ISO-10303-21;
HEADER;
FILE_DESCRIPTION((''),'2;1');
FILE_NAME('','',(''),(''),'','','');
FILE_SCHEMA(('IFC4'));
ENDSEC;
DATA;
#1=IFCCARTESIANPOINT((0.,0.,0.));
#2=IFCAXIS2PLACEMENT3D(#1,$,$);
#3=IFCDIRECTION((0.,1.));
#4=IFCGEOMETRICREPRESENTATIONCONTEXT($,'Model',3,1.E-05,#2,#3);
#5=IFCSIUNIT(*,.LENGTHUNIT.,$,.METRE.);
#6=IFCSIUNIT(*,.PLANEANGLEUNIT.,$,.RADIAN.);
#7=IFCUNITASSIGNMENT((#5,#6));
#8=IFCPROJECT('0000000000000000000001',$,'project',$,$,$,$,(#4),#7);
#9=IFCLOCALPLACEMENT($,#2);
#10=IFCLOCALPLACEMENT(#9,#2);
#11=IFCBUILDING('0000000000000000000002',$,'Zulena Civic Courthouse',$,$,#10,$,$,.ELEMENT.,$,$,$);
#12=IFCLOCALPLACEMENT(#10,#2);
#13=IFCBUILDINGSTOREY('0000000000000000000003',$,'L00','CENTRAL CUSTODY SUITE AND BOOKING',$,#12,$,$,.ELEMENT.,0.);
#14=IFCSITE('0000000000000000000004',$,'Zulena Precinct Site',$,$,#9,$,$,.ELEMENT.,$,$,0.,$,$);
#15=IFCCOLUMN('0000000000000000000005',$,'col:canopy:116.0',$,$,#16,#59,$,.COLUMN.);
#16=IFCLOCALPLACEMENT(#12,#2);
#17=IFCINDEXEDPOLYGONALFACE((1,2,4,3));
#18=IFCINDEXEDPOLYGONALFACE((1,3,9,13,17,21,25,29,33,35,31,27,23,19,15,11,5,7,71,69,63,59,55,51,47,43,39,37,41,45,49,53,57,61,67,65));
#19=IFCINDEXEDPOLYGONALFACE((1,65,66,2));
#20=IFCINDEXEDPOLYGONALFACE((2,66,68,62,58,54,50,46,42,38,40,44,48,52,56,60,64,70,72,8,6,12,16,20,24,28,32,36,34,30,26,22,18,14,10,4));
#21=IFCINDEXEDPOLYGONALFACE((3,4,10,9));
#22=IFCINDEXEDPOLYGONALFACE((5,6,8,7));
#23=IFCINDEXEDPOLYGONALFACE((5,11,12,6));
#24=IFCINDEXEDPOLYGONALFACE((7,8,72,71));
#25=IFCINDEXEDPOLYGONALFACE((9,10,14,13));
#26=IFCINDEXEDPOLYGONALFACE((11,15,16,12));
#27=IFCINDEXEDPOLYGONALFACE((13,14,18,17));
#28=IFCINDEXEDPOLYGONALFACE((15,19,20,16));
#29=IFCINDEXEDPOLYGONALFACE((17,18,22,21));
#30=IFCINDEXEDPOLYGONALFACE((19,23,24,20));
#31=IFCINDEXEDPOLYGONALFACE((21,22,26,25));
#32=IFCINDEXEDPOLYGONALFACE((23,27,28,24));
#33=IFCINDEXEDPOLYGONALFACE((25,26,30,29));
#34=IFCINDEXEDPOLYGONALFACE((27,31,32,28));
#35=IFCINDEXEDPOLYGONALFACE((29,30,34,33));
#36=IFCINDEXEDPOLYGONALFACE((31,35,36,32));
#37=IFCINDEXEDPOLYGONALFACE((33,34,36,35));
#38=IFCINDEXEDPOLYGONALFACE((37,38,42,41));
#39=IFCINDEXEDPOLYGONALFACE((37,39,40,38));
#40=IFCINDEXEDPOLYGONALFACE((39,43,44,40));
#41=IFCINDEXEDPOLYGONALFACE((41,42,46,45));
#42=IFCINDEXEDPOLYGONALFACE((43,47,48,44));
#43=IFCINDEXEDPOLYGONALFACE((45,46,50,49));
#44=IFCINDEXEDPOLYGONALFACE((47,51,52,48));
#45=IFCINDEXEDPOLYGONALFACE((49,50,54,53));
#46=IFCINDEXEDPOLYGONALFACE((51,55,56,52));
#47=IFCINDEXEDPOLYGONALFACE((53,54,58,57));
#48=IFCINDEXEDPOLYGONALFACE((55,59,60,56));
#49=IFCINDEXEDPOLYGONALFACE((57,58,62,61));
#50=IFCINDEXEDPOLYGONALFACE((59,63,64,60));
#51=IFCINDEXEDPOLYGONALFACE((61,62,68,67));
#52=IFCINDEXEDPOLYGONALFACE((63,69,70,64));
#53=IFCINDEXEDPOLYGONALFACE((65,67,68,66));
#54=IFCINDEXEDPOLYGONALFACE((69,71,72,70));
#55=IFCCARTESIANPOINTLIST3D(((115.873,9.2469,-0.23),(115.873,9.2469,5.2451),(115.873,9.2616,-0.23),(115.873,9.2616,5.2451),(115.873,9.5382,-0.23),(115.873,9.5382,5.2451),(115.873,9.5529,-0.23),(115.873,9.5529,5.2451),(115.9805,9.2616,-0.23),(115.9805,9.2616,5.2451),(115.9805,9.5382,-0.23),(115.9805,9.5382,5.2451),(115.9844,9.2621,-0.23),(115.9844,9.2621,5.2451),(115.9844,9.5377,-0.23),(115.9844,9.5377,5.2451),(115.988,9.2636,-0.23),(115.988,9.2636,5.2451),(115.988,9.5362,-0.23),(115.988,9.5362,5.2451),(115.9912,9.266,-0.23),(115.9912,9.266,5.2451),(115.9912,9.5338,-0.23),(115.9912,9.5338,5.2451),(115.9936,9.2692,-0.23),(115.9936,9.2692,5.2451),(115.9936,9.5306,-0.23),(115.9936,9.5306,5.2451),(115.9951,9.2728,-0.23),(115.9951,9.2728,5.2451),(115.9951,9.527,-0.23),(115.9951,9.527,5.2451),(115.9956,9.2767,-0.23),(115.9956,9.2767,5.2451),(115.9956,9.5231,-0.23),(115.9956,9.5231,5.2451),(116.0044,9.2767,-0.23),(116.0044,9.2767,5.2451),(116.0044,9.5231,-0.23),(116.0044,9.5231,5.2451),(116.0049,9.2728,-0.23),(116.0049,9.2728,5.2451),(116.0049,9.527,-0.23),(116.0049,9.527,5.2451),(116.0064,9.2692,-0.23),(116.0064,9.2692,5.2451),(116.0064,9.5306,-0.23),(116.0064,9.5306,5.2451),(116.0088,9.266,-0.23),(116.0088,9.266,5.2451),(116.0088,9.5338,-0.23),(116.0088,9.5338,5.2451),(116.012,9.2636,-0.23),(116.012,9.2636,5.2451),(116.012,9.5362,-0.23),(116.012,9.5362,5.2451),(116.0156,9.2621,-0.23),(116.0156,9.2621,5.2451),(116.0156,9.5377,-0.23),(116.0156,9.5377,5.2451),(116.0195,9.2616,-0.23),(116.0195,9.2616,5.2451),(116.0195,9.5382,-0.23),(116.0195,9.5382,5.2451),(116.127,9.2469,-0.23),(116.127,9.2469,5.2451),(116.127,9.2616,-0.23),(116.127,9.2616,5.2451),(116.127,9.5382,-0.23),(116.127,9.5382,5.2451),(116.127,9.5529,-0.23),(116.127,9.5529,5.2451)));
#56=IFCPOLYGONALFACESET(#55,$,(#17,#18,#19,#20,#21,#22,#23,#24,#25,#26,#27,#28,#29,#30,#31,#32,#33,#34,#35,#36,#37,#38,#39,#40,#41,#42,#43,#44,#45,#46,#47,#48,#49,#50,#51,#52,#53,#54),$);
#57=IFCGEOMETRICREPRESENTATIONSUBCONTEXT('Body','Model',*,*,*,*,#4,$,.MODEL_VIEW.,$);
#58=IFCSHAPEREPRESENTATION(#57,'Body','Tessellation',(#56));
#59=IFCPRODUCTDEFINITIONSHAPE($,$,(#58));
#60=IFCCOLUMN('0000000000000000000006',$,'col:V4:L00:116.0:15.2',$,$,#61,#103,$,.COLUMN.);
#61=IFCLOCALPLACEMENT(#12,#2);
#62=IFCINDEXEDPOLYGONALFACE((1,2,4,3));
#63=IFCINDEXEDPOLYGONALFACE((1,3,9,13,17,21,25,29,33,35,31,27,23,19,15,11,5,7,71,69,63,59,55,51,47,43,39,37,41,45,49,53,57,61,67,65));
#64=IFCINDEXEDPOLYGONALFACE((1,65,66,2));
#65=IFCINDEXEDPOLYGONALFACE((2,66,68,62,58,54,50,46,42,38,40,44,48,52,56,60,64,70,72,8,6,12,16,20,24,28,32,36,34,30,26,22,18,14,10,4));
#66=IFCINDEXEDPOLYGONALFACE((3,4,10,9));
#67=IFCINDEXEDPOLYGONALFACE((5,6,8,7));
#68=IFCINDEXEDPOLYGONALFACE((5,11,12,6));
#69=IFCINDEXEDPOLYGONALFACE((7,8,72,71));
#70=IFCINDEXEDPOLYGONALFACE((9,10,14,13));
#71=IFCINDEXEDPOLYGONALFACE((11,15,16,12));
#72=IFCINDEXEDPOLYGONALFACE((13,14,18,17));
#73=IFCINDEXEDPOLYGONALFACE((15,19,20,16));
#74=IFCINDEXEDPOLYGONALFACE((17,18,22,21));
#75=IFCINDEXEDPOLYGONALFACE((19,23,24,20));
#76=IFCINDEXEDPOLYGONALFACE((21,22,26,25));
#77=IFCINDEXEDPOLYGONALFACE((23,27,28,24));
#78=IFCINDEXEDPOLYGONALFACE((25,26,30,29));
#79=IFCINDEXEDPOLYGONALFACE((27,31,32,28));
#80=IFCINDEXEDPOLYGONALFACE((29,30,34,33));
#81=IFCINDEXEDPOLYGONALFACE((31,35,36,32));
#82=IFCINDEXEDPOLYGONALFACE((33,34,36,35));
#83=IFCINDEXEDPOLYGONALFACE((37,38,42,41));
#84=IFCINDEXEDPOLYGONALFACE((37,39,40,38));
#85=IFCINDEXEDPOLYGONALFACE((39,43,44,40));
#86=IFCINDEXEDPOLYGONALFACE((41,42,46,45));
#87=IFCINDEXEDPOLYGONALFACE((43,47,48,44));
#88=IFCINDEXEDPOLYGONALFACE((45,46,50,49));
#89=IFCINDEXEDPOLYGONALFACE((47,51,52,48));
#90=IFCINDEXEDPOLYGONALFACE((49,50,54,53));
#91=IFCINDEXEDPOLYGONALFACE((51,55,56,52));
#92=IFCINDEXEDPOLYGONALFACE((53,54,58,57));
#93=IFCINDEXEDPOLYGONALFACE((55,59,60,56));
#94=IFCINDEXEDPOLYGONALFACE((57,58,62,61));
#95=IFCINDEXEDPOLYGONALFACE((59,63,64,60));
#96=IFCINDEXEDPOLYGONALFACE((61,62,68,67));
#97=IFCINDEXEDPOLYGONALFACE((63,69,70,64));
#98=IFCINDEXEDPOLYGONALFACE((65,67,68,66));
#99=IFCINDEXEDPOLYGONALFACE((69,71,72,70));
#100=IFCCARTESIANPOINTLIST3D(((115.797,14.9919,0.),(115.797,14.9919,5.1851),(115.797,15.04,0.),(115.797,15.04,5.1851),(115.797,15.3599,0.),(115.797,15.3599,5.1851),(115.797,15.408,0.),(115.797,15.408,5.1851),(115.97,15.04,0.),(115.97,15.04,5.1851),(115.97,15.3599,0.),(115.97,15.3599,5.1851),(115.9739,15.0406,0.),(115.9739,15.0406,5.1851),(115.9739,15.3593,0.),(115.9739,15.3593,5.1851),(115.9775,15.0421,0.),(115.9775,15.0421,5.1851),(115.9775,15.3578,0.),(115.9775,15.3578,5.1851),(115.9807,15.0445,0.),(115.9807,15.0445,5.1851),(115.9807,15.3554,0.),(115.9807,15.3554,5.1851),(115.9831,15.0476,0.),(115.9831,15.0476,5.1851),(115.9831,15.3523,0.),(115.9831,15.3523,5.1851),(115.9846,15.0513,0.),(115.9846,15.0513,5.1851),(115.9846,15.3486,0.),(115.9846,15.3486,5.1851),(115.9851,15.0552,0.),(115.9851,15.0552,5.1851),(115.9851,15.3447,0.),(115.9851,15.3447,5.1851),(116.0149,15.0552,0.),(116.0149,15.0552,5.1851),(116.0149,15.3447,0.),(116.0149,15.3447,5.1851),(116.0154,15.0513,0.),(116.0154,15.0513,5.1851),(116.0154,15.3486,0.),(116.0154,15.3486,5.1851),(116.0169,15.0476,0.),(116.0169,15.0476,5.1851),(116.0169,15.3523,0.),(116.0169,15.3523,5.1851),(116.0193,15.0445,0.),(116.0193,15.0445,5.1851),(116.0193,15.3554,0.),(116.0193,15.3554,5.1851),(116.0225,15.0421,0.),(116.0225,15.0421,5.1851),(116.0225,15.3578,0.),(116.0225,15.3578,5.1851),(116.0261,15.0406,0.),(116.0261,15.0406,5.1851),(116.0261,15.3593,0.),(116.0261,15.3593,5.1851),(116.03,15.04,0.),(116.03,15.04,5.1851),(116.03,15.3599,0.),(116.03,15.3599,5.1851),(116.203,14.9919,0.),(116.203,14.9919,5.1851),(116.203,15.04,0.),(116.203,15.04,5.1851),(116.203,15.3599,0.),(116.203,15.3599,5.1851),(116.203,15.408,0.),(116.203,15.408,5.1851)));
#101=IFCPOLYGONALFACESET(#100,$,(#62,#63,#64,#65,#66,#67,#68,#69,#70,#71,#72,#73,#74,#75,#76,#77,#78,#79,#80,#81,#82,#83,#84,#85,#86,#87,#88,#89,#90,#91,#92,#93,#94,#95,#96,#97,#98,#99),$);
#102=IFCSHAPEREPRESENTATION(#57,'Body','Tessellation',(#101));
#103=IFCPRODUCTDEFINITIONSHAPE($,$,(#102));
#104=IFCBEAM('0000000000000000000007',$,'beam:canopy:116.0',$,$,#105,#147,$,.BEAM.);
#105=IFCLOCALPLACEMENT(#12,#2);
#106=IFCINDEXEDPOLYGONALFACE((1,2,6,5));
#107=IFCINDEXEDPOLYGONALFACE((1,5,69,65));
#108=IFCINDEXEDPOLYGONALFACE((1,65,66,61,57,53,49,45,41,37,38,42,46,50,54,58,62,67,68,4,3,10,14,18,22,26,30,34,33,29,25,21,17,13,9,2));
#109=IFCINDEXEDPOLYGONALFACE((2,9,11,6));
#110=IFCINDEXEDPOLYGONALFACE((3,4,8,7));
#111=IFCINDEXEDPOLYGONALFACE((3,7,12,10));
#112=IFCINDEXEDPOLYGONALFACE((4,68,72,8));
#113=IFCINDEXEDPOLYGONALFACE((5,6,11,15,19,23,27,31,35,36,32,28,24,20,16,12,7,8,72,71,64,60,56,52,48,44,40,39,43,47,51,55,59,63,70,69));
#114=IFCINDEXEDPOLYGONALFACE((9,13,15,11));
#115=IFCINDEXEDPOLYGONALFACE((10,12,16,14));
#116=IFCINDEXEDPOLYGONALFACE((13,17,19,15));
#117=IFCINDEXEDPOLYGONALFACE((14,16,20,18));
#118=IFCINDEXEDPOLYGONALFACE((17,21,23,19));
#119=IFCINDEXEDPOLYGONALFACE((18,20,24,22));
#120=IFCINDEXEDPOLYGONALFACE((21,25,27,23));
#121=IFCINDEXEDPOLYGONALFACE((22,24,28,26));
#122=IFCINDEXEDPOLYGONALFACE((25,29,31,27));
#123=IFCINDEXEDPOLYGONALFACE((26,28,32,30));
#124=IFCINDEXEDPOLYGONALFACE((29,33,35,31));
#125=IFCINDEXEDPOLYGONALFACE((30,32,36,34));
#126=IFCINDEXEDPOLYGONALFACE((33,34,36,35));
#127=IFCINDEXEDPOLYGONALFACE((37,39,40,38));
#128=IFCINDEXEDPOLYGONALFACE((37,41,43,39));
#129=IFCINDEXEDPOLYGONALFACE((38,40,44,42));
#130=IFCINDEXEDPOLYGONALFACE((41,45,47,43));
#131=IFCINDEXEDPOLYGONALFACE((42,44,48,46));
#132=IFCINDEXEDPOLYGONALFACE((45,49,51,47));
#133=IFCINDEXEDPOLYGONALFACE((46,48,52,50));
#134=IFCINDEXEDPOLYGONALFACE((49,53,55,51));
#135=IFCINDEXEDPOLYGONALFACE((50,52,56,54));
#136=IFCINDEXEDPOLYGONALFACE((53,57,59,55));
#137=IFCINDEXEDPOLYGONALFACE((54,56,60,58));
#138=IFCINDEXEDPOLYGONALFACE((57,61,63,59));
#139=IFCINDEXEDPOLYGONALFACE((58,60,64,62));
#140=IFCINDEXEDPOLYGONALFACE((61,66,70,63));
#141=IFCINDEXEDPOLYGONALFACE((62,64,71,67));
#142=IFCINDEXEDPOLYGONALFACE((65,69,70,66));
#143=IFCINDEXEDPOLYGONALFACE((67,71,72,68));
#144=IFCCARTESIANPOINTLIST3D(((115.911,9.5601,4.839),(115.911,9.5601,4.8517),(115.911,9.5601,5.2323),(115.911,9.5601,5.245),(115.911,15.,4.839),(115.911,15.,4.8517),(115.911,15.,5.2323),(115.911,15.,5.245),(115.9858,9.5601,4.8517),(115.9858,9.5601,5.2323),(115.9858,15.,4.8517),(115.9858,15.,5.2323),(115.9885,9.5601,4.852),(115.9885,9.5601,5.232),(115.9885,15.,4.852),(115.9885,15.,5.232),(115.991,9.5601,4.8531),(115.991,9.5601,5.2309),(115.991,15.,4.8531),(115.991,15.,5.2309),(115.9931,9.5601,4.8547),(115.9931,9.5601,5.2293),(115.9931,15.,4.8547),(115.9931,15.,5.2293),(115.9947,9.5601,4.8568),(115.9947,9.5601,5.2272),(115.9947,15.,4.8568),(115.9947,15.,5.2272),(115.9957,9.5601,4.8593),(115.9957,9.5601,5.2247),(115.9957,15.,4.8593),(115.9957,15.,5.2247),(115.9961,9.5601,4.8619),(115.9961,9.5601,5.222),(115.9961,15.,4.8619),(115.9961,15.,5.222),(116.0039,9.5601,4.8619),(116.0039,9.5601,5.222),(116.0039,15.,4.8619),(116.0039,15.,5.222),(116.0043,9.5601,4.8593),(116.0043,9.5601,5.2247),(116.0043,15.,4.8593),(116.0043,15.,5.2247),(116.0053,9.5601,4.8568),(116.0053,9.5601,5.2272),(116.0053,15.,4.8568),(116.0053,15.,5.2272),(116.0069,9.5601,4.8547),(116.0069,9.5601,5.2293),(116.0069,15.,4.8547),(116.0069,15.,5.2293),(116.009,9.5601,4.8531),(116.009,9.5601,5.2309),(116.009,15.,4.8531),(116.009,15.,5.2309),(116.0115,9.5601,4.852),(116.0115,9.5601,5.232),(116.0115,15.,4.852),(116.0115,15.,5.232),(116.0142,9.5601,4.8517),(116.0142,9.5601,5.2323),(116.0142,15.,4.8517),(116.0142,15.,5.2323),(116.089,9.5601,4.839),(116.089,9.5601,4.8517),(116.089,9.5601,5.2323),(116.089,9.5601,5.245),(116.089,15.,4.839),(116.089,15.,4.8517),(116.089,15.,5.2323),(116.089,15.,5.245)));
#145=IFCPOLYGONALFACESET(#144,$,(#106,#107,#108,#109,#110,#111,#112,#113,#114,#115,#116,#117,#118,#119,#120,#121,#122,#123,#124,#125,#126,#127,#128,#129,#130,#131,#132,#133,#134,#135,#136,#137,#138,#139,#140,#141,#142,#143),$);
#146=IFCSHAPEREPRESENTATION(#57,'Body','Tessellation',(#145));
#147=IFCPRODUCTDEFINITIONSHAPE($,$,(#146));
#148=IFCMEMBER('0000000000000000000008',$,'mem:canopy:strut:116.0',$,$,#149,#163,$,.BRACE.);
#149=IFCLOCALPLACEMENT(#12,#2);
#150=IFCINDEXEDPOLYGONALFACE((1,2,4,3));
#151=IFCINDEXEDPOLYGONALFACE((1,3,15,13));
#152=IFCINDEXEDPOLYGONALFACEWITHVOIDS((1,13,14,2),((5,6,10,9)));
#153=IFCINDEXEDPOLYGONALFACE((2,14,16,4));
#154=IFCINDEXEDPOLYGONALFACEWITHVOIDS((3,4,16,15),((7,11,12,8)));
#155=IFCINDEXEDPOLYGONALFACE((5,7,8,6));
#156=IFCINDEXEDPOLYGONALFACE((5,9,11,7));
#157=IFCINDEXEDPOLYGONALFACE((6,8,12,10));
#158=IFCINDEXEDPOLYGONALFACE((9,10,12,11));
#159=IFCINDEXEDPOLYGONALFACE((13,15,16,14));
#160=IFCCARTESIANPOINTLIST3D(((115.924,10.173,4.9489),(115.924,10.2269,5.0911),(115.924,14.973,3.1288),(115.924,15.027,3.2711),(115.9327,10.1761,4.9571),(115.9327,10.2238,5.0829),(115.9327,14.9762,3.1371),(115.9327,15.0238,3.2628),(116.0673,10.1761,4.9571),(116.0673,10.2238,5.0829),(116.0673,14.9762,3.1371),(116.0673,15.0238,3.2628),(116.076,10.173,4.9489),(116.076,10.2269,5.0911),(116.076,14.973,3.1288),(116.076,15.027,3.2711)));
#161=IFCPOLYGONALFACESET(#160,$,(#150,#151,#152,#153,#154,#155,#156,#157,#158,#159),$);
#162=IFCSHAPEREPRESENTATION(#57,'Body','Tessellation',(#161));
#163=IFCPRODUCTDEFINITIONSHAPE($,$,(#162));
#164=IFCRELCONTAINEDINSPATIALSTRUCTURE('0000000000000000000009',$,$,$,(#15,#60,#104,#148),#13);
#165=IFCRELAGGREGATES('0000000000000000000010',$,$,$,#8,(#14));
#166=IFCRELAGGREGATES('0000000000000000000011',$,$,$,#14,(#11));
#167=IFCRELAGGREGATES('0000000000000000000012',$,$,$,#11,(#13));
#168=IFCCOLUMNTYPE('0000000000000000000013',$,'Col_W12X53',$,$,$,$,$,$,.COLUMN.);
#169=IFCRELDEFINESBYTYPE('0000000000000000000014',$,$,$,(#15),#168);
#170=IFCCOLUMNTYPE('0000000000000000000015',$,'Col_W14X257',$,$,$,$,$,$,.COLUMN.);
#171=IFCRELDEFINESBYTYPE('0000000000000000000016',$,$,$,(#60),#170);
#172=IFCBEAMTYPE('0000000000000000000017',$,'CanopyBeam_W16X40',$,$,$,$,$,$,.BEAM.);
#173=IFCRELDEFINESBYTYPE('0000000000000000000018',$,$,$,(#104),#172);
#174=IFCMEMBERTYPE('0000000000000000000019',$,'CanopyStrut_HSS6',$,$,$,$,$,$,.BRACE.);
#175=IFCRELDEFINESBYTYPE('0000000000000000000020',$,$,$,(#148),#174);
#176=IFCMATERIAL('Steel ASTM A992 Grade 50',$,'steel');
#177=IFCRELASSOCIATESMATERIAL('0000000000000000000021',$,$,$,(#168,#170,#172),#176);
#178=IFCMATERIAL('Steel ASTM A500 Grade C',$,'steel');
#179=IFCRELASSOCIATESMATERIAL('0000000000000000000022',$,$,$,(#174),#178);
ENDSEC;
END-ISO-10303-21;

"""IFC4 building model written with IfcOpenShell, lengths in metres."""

from ifc_helpers import new_model, si_unit, direction, frame, origin, origin_2d, place, context, subcontext, project, spatial, hollow_rectangle, i_section, extrude, material, material_profile, profile_set, type_object, element, save


model = new_model("IFC4")

# Units and contexts
model_context = context("Model", 3, precision=1e-05, world=origin(), true_north=direction((0.0, 1.0)))
body_context = subcontext(model_context, "Body", "Model", "MODEL_VIEW")
ifc_project = project(units=[si_unit("LENGTHUNIT", "METRE"), si_unit("PLANEANGLEUNIT", "RADIAN")], contexts=[model_context])

# Site, building, storey
site_placement = place(None, origin())
site = spatial("IfcSite", under=ifc_project, at=site_placement, Name="Zulena Precinct Site", CompositionType="ELEMENT", RefElevation=0.0)
building_placement = place(site_placement, origin())
building = spatial("IfcBuilding", under=site, at=building_placement, Name="Zulena Civic Courthouse", CompositionType="ELEMENT")
storey_placement = place(building_placement, origin())
storey = spatial("IfcBuildingStorey", under=building, at=storey_placement, Name="L00", Description="CENTRAL CUSTODY SUITE AND BOOKING", CompositionType="ELEMENT", Elevation=0.0)

# Columns
ifc_material_1 = material(Name="Steel ASTM A992 Grade 50", Category="steel")
ifc_material_profile_1 = material_profile(ifc_material_1, i_section(OverallWidth=0.2539, OverallDepth=0.3059, WebThickness=0.0088, FlangeThickness=0.0146, FilletRadius=0.0151, at=origin_2d()), Name="W12X53")
ifc_profile_set_1 = profile_set([ifc_material_profile_1], Name="Steel ASTM A992 Grade 50")
column_type_1 = type_object("IfcColumnType", Name="Col_W12X53", PredefinedType="COLUMN", material=ifc_profile_set_1)
column_1_placement = place(storey_placement, frame((116.0, 9.3999, -0.23), z_axis=(0.0, 0.0, 1.0), x_axis=(1.0, 0.0, 0.0)))
element("IfcColumn", 1, at=column_1_placement, inside=storey, type_object=column_type_1, Name="col:canopy:116.0", PredefinedType="COLUMN", context=body_context, shape_type="SweptSolid", body=[
    extrude(i_section(OverallWidth=0.2539, OverallDepth=0.3059, WebThickness=0.0088, FlangeThickness=0.0146, FilletRadius=0.0151, at=origin_2d()), origin(), (0.0, 0.0, 1.0), 5.4751),
])
ifc_material_profile_2 = material_profile(ifc_material_1, i_section(OverallWidth=0.406, OverallDepth=0.416, WebThickness=0.0298, FlangeThickness=0.0481, FilletRadius=0.0151, at=origin_2d()), Name="W14X257")
ifc_profile_set_2 = profile_set([ifc_material_profile_2], Name="Steel ASTM A992 Grade 50")
column_type_2 = type_object("IfcColumnType", Name="Col_W14X257", PredefinedType="COLUMN", material=ifc_profile_set_2)
column_2_placement = place(storey_placement, frame((116.0, 15.2, 0.0), z_axis=(0.0, 0.0, 1.0), x_axis=(1.0, 0.0, 0.0)))
element("IfcColumn", 2, at=column_2_placement, inside=storey, type_object=column_type_2, Name="col:V4:L00:116.0:15.2", PredefinedType="COLUMN", context=body_context, shape_type="SweptSolid", body=[
    extrude(i_section(OverallWidth=0.406, OverallDepth=0.416, WebThickness=0.0298, FlangeThickness=0.0481, FilletRadius=0.0151, at=origin_2d()), origin(), (0.0, 0.0, 1.0), 5.1851),
])

# Beam
ifc_material_profile_3 = material_profile(ifc_material_1, i_section(OverallWidth=0.178, OverallDepth=0.406, WebThickness=0.0078, FlangeThickness=0.0127, FilletRadius=0.0103, at=origin_2d()), Name="W16X40")
ifc_profile_set_3 = profile_set([ifc_material_profile_3], Name="Steel ASTM A992 Grade 50")
beam_type_1 = type_object("IfcBeamType", Name="CanopyBeam_W16X40", PredefinedType="BEAM", material=ifc_profile_set_3)
beam_1_placement = place(storey_placement, frame((116.0, 9.5601, 5.042), z_axis=(0.0, 1.0, 0.0), x_axis=(-1.0, 0.0, 0.0)))
element("IfcBeam", 3, at=beam_1_placement, inside=storey, type_object=beam_type_1, Name="beam:canopy:116.0", PredefinedType="BEAM", context=body_context, shape_type="SweptSolid", body=[
    extrude(i_section(OverallWidth=0.178, OverallDepth=0.406, WebThickness=0.0078, FlangeThickness=0.0127, FilletRadius=0.0103, at=origin_2d()), origin(), (0.0, 0.0, 1.0), 5.4399),
])

# Member
ifc_material_2 = material(Name="Steel ASTM A500 Grade C", Category="steel")
ifc_material_profile_4 = material_profile(ifc_material_2, hollow_rectangle(XDim=0.1521, YDim=0.1521, WallThickness=0.0088, at=origin_2d()), Name="HSS6X6X3/8")
ifc_profile_set_4 = profile_set([ifc_material_profile_4], Name="Steel ASTM A500 Grade C")
member_type = type_object("IfcMemberType", Name="CanopyStrut_HSS6", PredefinedType="BRACE", material=ifc_profile_set_4)
member_placement = place(storey_placement, frame((116.0, 15.0, 3.2), z_axis=(0.0, -0.935039, 0.354545), x_axis=(1.0, 0.0, 0.0)))
element("IfcMember", 4, at=member_placement, inside=storey, type_object=member_type, Name="mem:canopy:strut:116.0", PredefinedType="BRACE", context=body_context, shape_type="SweptSolid", body=[
    extrude(hollow_rectangle(XDim=0.1521, YDim=0.1521, WallThickness=0.0088, at=origin_2d()), origin(), (0.0, 0.0, 1.0), 5.1335),
])

save(model, "model.ifc")
